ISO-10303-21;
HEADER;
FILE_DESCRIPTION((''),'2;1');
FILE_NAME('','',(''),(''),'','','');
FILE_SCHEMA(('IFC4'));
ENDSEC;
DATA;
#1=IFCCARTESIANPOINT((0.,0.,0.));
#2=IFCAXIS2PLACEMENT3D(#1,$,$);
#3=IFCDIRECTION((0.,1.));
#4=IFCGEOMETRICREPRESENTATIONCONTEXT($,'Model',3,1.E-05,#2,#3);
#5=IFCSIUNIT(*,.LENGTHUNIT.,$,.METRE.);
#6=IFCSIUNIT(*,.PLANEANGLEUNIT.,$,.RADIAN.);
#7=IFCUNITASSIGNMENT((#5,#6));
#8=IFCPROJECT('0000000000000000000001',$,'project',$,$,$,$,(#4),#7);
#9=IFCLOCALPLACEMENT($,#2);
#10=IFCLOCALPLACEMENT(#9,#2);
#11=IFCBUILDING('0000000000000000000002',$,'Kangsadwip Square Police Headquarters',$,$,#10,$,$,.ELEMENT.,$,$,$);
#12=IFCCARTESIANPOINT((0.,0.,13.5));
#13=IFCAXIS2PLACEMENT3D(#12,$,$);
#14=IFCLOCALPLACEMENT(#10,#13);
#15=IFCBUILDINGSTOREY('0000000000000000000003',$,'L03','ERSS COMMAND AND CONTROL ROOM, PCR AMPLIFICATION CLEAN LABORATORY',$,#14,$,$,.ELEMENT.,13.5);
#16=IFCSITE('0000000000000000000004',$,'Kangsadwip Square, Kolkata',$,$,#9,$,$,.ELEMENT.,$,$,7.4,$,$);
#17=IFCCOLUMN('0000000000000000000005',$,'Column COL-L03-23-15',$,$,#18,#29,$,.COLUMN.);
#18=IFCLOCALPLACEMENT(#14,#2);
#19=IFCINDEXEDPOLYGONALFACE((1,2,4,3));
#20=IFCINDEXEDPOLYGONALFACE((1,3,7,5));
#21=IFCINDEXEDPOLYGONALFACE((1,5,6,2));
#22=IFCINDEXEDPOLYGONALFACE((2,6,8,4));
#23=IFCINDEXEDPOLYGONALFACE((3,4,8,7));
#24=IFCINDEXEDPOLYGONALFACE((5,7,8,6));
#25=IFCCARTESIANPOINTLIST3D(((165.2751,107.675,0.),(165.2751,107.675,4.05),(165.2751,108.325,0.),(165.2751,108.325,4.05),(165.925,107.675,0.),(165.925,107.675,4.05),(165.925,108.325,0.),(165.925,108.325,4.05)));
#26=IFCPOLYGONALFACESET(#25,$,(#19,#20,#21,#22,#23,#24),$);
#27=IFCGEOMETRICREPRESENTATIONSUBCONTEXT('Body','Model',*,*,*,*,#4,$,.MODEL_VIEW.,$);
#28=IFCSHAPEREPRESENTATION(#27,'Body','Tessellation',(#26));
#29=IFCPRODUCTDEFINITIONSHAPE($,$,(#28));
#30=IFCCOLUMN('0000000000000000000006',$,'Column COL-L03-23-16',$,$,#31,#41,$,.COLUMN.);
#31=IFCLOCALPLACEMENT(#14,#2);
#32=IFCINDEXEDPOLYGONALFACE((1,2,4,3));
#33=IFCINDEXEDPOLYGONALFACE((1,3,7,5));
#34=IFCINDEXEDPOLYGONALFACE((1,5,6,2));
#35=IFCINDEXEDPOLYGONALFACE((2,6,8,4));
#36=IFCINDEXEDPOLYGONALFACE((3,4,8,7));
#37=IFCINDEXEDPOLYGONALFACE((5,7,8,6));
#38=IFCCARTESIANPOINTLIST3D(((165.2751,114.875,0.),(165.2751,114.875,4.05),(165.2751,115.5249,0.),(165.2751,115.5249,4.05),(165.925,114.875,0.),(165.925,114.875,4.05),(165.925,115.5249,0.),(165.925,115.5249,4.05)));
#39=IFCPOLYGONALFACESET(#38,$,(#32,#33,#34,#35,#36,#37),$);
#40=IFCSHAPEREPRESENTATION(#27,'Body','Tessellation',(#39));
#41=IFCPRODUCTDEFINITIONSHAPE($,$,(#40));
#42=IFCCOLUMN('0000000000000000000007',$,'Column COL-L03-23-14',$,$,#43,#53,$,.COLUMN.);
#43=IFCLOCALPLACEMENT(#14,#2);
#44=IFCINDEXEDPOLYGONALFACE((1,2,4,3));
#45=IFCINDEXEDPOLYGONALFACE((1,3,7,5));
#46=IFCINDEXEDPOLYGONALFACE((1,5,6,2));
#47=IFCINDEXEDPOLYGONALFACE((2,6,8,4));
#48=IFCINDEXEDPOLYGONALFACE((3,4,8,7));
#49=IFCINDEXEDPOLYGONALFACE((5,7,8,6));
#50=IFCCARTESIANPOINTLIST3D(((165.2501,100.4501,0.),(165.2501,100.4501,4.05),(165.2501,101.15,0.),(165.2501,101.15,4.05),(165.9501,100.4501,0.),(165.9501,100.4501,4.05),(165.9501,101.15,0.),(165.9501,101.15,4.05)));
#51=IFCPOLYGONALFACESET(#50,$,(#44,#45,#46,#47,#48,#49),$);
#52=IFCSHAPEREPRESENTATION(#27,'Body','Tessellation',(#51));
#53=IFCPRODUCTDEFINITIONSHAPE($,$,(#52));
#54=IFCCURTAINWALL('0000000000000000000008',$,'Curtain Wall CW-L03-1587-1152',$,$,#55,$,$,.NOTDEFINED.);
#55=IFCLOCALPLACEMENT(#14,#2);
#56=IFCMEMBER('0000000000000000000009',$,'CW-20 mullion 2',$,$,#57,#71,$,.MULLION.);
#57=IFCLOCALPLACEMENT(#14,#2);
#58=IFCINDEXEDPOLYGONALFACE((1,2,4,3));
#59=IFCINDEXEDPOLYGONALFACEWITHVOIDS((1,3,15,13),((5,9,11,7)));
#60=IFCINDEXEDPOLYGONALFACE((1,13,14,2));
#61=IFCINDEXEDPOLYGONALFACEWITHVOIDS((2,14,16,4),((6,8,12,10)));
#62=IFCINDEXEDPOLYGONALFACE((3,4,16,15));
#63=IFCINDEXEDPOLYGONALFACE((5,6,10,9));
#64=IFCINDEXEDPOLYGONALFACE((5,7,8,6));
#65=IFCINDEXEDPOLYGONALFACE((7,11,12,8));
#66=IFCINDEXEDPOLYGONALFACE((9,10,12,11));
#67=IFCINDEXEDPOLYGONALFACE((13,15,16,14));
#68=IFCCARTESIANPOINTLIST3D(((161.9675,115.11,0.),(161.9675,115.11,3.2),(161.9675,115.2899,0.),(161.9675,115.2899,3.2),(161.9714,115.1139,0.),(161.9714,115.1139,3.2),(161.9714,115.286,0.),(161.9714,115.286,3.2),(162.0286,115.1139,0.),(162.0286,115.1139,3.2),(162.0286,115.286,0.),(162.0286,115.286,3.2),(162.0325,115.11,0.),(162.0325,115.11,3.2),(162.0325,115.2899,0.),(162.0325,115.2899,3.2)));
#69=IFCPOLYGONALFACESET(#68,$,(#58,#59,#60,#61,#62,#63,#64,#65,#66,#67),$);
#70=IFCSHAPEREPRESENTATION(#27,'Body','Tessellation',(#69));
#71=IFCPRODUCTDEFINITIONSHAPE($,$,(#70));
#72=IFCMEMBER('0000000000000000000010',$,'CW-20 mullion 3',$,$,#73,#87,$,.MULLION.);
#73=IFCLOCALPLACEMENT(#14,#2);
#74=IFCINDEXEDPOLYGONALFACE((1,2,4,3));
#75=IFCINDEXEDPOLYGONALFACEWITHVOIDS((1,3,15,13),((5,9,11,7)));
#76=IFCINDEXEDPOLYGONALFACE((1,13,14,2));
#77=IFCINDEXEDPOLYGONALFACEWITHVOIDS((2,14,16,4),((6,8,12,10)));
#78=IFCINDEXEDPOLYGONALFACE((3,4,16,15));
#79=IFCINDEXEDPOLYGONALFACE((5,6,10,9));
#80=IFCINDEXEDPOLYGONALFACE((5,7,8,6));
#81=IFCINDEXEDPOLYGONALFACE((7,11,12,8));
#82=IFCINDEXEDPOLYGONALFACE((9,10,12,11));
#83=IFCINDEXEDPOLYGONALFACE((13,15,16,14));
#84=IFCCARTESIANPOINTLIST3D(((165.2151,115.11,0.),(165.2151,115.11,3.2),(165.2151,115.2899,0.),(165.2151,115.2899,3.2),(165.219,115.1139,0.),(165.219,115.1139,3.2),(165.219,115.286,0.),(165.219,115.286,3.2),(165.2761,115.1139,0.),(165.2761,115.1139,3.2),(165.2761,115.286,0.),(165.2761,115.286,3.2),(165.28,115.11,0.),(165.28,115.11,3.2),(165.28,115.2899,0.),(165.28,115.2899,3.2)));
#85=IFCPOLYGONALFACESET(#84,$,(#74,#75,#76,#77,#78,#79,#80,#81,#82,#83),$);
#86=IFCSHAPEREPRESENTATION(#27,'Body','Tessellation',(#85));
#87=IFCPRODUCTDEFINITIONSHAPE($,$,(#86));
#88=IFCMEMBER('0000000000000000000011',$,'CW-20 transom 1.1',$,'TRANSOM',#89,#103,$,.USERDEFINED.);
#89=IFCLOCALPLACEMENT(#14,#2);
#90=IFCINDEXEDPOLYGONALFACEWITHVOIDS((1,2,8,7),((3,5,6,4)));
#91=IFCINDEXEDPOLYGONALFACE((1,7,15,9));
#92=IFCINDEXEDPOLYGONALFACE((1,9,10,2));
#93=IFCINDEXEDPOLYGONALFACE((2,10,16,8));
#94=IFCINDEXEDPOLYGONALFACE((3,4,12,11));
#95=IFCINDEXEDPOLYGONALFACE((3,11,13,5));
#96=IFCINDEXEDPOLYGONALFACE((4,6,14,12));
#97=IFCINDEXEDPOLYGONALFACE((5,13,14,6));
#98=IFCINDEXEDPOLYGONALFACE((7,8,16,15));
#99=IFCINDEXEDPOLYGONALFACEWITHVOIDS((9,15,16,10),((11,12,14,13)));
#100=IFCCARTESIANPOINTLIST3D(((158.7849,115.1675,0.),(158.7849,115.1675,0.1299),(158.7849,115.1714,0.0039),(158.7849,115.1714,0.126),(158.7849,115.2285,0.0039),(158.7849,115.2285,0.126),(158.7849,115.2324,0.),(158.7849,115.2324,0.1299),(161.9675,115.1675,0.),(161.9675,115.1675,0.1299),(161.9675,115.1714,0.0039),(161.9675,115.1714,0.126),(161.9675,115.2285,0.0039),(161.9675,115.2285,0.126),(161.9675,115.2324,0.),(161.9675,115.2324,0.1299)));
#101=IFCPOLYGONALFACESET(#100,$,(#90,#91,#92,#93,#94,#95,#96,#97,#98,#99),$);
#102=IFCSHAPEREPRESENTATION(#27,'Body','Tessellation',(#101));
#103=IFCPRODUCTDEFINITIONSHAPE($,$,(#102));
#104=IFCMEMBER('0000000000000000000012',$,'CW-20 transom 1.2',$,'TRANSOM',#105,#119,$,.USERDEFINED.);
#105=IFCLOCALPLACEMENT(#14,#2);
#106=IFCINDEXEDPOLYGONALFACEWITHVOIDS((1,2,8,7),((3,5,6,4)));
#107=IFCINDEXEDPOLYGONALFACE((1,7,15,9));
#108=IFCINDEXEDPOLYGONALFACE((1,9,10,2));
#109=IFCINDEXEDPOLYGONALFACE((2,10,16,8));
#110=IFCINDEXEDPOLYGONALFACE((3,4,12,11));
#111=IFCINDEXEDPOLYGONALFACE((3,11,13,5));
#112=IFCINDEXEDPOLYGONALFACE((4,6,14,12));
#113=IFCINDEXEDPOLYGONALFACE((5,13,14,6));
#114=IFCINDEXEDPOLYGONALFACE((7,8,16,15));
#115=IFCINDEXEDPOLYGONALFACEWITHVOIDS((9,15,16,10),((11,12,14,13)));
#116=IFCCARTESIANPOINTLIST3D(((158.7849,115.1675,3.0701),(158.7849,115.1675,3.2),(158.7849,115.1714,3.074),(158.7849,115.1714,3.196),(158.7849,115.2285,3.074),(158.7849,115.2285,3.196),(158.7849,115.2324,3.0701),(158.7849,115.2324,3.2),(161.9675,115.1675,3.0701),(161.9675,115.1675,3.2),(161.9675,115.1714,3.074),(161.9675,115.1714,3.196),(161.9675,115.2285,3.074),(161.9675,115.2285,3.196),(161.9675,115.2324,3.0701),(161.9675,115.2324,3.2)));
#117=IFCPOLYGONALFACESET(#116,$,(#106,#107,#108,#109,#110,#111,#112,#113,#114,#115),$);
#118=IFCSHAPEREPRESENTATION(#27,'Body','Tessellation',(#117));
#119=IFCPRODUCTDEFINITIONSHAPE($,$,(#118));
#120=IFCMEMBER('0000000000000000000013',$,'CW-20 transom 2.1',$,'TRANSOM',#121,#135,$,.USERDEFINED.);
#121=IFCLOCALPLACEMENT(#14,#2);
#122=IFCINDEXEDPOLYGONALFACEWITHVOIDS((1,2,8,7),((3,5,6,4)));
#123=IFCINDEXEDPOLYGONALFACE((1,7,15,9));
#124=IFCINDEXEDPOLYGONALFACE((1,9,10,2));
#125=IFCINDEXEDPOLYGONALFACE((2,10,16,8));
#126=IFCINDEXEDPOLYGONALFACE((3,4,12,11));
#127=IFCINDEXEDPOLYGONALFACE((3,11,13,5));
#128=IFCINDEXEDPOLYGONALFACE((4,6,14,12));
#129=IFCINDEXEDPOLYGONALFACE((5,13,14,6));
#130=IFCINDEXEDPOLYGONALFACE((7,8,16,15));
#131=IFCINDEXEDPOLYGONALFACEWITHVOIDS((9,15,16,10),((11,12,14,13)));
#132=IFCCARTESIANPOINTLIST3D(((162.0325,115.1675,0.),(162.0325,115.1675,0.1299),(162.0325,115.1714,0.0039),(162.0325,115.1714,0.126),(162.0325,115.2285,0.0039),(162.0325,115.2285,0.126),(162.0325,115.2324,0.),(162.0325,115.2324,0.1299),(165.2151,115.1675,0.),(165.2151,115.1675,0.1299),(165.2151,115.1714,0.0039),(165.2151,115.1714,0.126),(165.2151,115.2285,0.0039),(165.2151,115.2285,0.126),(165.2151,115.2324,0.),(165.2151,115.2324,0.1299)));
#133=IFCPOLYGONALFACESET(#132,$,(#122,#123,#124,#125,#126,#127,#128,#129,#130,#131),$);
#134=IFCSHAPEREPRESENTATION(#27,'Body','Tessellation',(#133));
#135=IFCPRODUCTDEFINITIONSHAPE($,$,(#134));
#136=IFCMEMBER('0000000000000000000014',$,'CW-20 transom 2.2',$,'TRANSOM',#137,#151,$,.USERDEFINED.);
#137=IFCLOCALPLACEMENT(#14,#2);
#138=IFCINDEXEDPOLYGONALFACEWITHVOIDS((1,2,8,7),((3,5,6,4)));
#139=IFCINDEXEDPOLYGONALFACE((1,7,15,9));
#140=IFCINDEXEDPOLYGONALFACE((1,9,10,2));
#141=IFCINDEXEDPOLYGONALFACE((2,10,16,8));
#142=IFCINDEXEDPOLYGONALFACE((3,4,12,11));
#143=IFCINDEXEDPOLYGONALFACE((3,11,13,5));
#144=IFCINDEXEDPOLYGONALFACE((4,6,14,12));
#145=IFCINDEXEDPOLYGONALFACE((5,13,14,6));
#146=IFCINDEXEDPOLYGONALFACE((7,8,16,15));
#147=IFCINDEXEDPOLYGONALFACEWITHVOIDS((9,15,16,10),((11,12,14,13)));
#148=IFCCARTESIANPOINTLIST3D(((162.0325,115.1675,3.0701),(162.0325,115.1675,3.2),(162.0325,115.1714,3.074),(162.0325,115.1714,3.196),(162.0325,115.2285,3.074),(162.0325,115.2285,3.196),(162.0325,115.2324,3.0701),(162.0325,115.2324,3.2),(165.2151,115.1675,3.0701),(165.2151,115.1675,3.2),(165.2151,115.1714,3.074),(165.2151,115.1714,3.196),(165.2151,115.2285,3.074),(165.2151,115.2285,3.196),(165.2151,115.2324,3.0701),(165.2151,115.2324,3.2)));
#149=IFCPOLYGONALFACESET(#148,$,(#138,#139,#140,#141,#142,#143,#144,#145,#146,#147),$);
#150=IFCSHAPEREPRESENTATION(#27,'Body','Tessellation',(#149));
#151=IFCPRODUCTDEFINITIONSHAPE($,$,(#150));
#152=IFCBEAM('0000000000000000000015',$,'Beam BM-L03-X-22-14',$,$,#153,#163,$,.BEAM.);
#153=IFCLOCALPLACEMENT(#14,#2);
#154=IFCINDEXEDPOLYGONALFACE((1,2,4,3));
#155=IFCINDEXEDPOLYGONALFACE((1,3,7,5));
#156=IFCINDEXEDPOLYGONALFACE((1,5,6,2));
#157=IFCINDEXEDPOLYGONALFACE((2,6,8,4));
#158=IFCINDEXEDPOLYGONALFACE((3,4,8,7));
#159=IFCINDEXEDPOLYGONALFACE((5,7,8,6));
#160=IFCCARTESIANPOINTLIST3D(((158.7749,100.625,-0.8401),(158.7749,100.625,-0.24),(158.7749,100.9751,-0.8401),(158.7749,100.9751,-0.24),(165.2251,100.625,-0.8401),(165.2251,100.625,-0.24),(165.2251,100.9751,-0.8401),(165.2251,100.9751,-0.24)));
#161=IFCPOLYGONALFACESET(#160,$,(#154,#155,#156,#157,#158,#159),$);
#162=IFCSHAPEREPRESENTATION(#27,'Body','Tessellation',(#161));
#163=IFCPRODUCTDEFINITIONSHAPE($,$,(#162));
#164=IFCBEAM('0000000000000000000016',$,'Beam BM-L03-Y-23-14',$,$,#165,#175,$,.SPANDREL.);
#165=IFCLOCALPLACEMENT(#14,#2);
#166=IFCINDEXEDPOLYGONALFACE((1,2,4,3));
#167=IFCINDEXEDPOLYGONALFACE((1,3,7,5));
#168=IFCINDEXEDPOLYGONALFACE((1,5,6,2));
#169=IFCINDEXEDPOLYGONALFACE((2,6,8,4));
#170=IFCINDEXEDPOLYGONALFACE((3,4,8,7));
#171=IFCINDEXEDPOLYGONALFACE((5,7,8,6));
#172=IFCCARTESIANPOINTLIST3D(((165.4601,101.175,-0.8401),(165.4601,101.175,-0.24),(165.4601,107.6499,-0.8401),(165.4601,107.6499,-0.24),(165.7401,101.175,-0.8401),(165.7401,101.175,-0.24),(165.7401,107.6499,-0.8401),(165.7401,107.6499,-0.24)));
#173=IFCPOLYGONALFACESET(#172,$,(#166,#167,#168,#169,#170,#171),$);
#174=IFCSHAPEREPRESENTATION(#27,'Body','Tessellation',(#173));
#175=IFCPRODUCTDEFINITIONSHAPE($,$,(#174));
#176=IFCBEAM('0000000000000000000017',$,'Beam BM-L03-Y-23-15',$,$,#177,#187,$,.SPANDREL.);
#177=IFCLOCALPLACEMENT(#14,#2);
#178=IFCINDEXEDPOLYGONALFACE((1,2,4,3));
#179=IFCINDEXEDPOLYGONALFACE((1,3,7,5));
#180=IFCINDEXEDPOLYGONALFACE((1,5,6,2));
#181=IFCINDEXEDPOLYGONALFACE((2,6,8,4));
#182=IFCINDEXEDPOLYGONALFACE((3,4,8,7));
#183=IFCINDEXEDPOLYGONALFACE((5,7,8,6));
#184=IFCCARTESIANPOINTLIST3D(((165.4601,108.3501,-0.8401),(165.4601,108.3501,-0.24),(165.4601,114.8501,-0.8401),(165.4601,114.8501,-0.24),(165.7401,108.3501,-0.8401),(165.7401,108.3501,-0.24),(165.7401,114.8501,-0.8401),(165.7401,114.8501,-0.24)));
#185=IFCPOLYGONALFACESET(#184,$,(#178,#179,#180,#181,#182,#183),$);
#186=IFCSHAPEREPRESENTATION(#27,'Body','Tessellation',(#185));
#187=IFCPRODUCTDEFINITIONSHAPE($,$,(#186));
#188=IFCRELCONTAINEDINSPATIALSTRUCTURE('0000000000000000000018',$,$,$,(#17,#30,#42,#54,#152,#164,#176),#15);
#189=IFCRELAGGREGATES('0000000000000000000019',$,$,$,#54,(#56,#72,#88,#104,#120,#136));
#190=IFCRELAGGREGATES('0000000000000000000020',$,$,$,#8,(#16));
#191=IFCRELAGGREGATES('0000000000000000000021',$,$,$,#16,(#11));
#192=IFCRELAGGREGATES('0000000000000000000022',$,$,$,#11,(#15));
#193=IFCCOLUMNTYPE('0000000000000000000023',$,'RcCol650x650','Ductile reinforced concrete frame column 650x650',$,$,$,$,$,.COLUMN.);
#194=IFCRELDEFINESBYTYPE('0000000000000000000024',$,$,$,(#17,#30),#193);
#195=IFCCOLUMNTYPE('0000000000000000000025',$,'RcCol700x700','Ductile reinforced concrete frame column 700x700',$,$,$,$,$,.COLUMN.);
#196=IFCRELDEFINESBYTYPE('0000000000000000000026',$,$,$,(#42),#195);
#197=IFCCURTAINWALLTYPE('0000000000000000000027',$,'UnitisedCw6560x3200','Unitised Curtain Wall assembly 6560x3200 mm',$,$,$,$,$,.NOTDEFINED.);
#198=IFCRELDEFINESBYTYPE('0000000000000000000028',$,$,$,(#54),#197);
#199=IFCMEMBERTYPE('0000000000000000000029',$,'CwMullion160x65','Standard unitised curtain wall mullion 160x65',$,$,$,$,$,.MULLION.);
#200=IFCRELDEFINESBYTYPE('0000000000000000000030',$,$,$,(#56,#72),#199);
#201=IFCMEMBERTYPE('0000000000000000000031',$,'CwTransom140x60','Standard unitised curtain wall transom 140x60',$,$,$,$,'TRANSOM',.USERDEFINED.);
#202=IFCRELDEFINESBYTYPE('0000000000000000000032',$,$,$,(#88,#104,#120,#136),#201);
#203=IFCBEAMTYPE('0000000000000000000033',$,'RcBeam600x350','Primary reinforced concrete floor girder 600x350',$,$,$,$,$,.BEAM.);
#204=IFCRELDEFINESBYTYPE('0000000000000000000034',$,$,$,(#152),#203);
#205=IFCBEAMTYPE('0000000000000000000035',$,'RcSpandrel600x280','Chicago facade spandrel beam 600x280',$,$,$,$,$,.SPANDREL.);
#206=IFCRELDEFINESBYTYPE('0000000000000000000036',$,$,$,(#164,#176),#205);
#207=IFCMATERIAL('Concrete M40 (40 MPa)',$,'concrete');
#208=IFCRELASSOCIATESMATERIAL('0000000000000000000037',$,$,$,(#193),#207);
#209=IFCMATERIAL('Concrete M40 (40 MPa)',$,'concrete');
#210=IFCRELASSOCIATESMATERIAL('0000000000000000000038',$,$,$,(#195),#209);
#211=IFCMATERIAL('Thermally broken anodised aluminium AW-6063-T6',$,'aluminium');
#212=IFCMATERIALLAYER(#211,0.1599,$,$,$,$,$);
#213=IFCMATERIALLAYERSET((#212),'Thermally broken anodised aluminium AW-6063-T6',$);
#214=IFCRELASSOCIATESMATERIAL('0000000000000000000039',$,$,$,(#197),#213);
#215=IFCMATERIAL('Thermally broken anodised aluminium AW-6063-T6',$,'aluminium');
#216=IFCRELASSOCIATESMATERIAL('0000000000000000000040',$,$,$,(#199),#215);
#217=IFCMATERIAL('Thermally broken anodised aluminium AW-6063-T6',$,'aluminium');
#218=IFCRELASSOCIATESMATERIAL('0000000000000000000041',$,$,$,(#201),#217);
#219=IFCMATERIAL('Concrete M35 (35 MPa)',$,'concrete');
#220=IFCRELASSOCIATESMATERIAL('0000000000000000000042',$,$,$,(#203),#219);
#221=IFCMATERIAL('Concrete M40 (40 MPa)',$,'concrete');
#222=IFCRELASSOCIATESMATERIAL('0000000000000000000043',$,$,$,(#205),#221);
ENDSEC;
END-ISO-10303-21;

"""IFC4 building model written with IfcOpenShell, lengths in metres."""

from ifc_helpers import new_model, si_unit, direction, frame, origin, origin_2d, place, context, subcontext, project, spatial, rectangle, hollow_rectangle, extrude, material, layer, layer_set, material_profile, profile_set, type_object, element, aggregate, save


model = new_model("IFC4")

# Units and contexts
model_context = context("Model", 3, precision=1e-05, world=origin(), true_north=direction((0.0, 1.0)))
body_context = subcontext(model_context, "Body", "Model", "MODEL_VIEW")
ifc_project = project(units=[si_unit("LENGTHUNIT", "METRE"), si_unit("PLANEANGLEUNIT", "RADIAN")], contexts=[model_context])

# Site, building, storey
site_placement = place(None, origin())
site = spatial("IfcSite", under=ifc_project, at=site_placement, Name="Kangsadwip Square, Kolkata", CompositionType="ELEMENT", RefElevation=7.4)
building_placement = place(site_placement, origin())
building = spatial("IfcBuilding", under=site, at=building_placement, Name="Kangsadwip Square Police Headquarters", CompositionType="ELEMENT")
storey_placement = place(building_placement, frame((0.0, 0.0, 13.5)))
storey = spatial("IfcBuildingStorey", under=building, at=storey_placement, Name="L03", Description="ERSS COMMAND AND CONTROL ROOM, PCR AMPLIFICATION CLEAN LABORATORY", CompositionType="ELEMENT", Elevation=13.5)

# Columns
ifc_material_1 = material(Name="Concrete M40 (40 MPa)", Category="concrete")
ifc_material_profile_1 = material_profile(ifc_material_1, rectangle(XDim=0.6499, YDim=0.6499, at=origin_2d()), Name="RC COL 650X650")
ifc_profile_set_1 = profile_set([ifc_material_profile_1], Name="Concrete M40 (40 MPa)")
column_type_1 = type_object("IfcColumnType", Name="RcCol650x650", Description="Ductile reinforced concrete frame column 650x650", PredefinedType="COLUMN", material=ifc_profile_set_1)
for number, where, z_axis, x_axis, name in (
    (1, (165.6001, 108.0, 0.0), (0.0, 0.0, 1.0), (1.0, 0.0, 0.0), "Column COL-L03-23-15"),
    (2, (165.6001, 115.2, 0.0), (0.0, 0.0, 1.0), (1.0, 0.0, 0.0), "Column COL-L03-23-16"),
):
    element("IfcColumn", number, at=place(storey_placement, frame(where, z_axis=z_axis, x_axis=x_axis)), inside=storey, type_object=column_type_1, Name=name, PredefinedType="COLUMN", context=body_context, shape_type="SweptSolid", body=[
        extrude(rectangle(XDim=0.6499, YDim=0.6499, at=origin_2d()), origin(), (0.0, 0.0, 1.0), 4.05),
    ])
ifc_material_2 = material(Name="Concrete M40 (40 MPa)", Category="concrete")
ifc_material_profile_2 = material_profile(ifc_material_2, rectangle(XDim=0.7, YDim=0.7, at=origin_2d()), Name="RC COL 700X700")
ifc_profile_set_2 = profile_set([ifc_material_profile_2], Name="Concrete M40 (40 MPa)")
column_type_2 = type_object("IfcColumnType", Name="RcCol700x700", Description="Ductile reinforced concrete frame column 700x700", PredefinedType="COLUMN", material=ifc_profile_set_2)
column_placement = place(storey_placement, frame((165.6001, 100.8, 0.0), z_axis=(0.0, 0.0, 1.0), x_axis=(1.0, 0.0, 0.0)))
element("IfcColumn", 3, at=column_placement, inside=storey, type_object=column_type_2, Name="Column COL-L03-23-14", PredefinedType="COLUMN", context=body_context, shape_type="SweptSolid", body=[
    extrude(rectangle(XDim=0.7, YDim=0.7, at=origin_2d()), origin(), (0.0, 0.0, 1.0), 4.05),
])

# Curtain wall, members
ifc_material_3 = material(Name="Thermally broken anodised aluminium AW-6063-T6", Category="aluminium")
ifc_layer_1 = layer(ifc_material_3, 0.1599)
ifc_layer_set_1 = layer_set([ifc_layer_1], Name="Thermally broken anodised aluminium AW-6063-T6")
curtain_wall_type = type_object("IfcCurtainWallType", Name="UnitisedCw6560x3200", Description="Unitised Curtain Wall assembly 6560x3200 mm", PredefinedType="NOTDEFINED", material=ifc_layer_set_1)
curtain_wall_placement = place(storey_placement, origin())
curtain_wall = element("IfcCurtainWall", 4, at=curtain_wall_placement, inside=storey, type_object=curtain_wall_type, Name="Curtain Wall CW-L03-1587-1152", PredefinedType="NOTDEFINED")
ifc_material_4 = material(Name="Thermally broken anodised aluminium AW-6063-T6", Category="aluminium")
ifc_material_profile_3 = material_profile(ifc_material_4, hollow_rectangle(XDim=0.0649, YDim=0.1799, WallThickness=0.0039, at=origin_2d()), Name="CWM 180X65X4")
ifc_profile_set_3 = profile_set([ifc_material_profile_3], Name="Thermally broken anodised aluminium AW-6063-T6")
member_type_1 = type_object("IfcMemberType", Name="CwMullion160x65", Description="Standard unitised curtain wall mullion 160x65", PredefinedType="MULLION", material=ifc_profile_set_3)
member_1_placement = place(storey_placement, frame((162.0, 115.2, 0.0), z_axis=(0.0, 0.0, 1.0), x_axis=(1.0, 0.0, 0.0)))
member_1 = element("IfcMember", 5, at=member_1_placement, type_object=member_type_1, Name="CW-20 mullion 2", PredefinedType="MULLION", context=body_context, shape_type="SweptSolid", body=[
    extrude(hollow_rectangle(XDim=0.0649, YDim=0.1799, WallThickness=0.0039, at=origin_2d()), origin(), (0.0, 0.0, 1.0), 3.2),
])
member_2_placement = place(storey_placement, frame((165.2476, 115.2, 0.0), z_axis=(0.0, 0.0, 1.0), x_axis=(1.0, 0.0, 0.0)))
member_2 = element("IfcMember", 6, at=member_2_placement, type_object=member_type_1, Name="CW-20 mullion 3", PredefinedType="MULLION", context=body_context, shape_type="SweptSolid", body=[
    extrude(hollow_rectangle(XDim=0.0649, YDim=0.1799, WallThickness=0.0039, at=origin_2d()), origin(), (0.0, 0.0, 1.0), 3.2),
])
ifc_material_5 = material(Name="Thermally broken anodised aluminium AW-6063-T6", Category="aluminium")
ifc_material_profile_4 = material_profile(ifc_material_5, hollow_rectangle(XDim=0.0649, YDim=0.1299, WallThickness=0.0039, at=origin_2d()), Name="CWT 130X65X4")
ifc_profile_set_4 = profile_set([ifc_material_profile_4], Name="Thermally broken anodised aluminium AW-6063-T6")
member_type_2 = type_object("IfcMemberType", Name="CwTransom140x60", Description="Standard unitised curtain wall transom 140x60", ElementType="TRANSOM", PredefinedType="USERDEFINED", material=ifc_profile_set_4)
member_3_placement = place(storey_placement, frame((158.7849, 115.2, 0.0649), z_axis=(1.0, 0.0, 0.0), x_axis=(0.0, 1.0, 0.0)))
member_3 = element("IfcMember", 7, at=member_3_placement, type_object=member_type_2, Name="CW-20 transom 1.1", ObjectType="TRANSOM", PredefinedType="USERDEFINED", context=body_context, shape_type="SweptSolid", body=[
    extrude(hollow_rectangle(XDim=0.0649, YDim=0.1299, WallThickness=0.0039, at=origin_2d()), origin(), (0.0, 0.0, 1.0), 3.1826),
])
member_4_placement = place(storey_placement, frame((158.7849, 115.2, 3.135), z_axis=(1.0, 0.0, 0.0), x_axis=(0.0, 1.0, 0.0)))
member_4 = element("IfcMember", 8, at=member_4_placement, type_object=member_type_2, Name="CW-20 transom 1.2", ObjectType="TRANSOM", PredefinedType="USERDEFINED", context=body_context, shape_type="SweptSolid", body=[
    extrude(hollow_rectangle(XDim=0.0649, YDim=0.1299, WallThickness=0.0039, at=origin_2d()), origin(), (0.0, 0.0, 1.0), 3.1826),
])
member_5_placement = place(storey_placement, frame((162.0325, 115.2, 0.0649), z_axis=(1.0, 0.0, 0.0), x_axis=(0.0, 1.0, 0.0)))
member_5 = element("IfcMember", 9, at=member_5_placement, type_object=member_type_2, Name="CW-20 transom 2.1", ObjectType="TRANSOM", PredefinedType="USERDEFINED", context=body_context, shape_type="SweptSolid", body=[
    extrude(hollow_rectangle(XDim=0.0649, YDim=0.1299, WallThickness=0.0039, at=origin_2d()), origin(), (0.0, 0.0, 1.0), 3.1826),
])
member_6_placement = place(storey_placement, frame((162.0325, 115.2, 3.135), z_axis=(1.0, 0.0, 0.0), x_axis=(0.0, 1.0, 0.0)))
member_6 = element("IfcMember", 10, at=member_6_placement, type_object=member_type_2, Name="CW-20 transom 2.2", ObjectType="TRANSOM", PredefinedType="USERDEFINED", context=body_context, shape_type="SweptSolid", body=[
    extrude(hollow_rectangle(XDim=0.0649, YDim=0.1299, WallThickness=0.0039, at=origin_2d()), origin(), (0.0, 0.0, 1.0), 3.1826),
])

# Beams
ifc_material_6 = material(Name="Concrete M35 (35 MPa)", Category="concrete")
ifc_material_profile_5 = material_profile(ifc_material_6, rectangle(XDim=0.3501, YDim=0.6001, at=origin_2d()), Name="RC BM 600X350")
ifc_profile_set_5 = profile_set([ifc_material_profile_5], Name="Concrete M35 (35 MPa)")
beam_type_1 = type_object("IfcBeamType", Name="RcBeam600x350", Description="Primary reinforced concrete floor girder 600x350", PredefinedType="BEAM", material=ifc_profile_set_5)
beam_1_placement = place(storey_placement, frame((158.7749, 100.8, -0.54), z_axis=(1.0, 0.0, 0.0), x_axis=(0.0, 1.0, 0.0)))
element("IfcBeam", 11, at=beam_1_placement, inside=storey, type_object=beam_type_1, Name="Beam BM-L03-X-22-14", PredefinedType="BEAM", context=body_context, shape_type="SweptSolid", body=[
    extrude(rectangle(XDim=0.3501, YDim=0.6001, at=origin_2d()), origin(), (0.0, 0.0, 1.0), 6.4502),
])
ifc_material_7 = material(Name="Concrete M40 (40 MPa)", Category="concrete")
ifc_material_profile_6 = material_profile(ifc_material_7, rectangle(XDim=0.28, YDim=0.6001, at=origin_2d()), Name="RC SPN 600X280")
ifc_profile_set_6 = profile_set([ifc_material_profile_6], Name="Concrete M40 (40 MPa)")
beam_type_2 = type_object("IfcBeamType", Name="RcSpandrel600x280", Description="Chicago facade spandrel beam 600x280", PredefinedType="SPANDREL", material=ifc_profile_set_6)
beam_2_placement = place(storey_placement, frame((165.6001, 101.175, -0.54), z_axis=(0.0, 1.0, 0.0), x_axis=(-1.0, 0.0, 0.0)))
element("IfcBeam", 12, at=beam_2_placement, inside=storey, type_object=beam_type_2, Name="Beam BM-L03-Y-23-14", PredefinedType="SPANDREL", context=body_context, shape_type="SweptSolid", body=[
    extrude(rectangle(XDim=0.28, YDim=0.6001, at=origin_2d()), origin(), (0.0, 0.0, 1.0), 6.4749),
])
beam_3_placement = place(storey_placement, frame((165.6001, 108.3501, -0.54), z_axis=(0.0, 1.0, 0.0), x_axis=(-1.0, 0.0, 0.0)))
element("IfcBeam", 13, at=beam_3_placement, inside=storey, type_object=beam_type_2, Name="Beam BM-L03-Y-23-15", PredefinedType="SPANDREL", context=body_context, shape_type="SweptSolid", body=[
    extrude(rectangle(XDim=0.28, YDim=0.6001, at=origin_2d()), origin(), (0.0, 0.0, 1.0), 6.5),
])

aggregate(curtain_wall, [member_1, member_2, member_3, member_4, member_5, member_6])

save(model, "model.ifc")
